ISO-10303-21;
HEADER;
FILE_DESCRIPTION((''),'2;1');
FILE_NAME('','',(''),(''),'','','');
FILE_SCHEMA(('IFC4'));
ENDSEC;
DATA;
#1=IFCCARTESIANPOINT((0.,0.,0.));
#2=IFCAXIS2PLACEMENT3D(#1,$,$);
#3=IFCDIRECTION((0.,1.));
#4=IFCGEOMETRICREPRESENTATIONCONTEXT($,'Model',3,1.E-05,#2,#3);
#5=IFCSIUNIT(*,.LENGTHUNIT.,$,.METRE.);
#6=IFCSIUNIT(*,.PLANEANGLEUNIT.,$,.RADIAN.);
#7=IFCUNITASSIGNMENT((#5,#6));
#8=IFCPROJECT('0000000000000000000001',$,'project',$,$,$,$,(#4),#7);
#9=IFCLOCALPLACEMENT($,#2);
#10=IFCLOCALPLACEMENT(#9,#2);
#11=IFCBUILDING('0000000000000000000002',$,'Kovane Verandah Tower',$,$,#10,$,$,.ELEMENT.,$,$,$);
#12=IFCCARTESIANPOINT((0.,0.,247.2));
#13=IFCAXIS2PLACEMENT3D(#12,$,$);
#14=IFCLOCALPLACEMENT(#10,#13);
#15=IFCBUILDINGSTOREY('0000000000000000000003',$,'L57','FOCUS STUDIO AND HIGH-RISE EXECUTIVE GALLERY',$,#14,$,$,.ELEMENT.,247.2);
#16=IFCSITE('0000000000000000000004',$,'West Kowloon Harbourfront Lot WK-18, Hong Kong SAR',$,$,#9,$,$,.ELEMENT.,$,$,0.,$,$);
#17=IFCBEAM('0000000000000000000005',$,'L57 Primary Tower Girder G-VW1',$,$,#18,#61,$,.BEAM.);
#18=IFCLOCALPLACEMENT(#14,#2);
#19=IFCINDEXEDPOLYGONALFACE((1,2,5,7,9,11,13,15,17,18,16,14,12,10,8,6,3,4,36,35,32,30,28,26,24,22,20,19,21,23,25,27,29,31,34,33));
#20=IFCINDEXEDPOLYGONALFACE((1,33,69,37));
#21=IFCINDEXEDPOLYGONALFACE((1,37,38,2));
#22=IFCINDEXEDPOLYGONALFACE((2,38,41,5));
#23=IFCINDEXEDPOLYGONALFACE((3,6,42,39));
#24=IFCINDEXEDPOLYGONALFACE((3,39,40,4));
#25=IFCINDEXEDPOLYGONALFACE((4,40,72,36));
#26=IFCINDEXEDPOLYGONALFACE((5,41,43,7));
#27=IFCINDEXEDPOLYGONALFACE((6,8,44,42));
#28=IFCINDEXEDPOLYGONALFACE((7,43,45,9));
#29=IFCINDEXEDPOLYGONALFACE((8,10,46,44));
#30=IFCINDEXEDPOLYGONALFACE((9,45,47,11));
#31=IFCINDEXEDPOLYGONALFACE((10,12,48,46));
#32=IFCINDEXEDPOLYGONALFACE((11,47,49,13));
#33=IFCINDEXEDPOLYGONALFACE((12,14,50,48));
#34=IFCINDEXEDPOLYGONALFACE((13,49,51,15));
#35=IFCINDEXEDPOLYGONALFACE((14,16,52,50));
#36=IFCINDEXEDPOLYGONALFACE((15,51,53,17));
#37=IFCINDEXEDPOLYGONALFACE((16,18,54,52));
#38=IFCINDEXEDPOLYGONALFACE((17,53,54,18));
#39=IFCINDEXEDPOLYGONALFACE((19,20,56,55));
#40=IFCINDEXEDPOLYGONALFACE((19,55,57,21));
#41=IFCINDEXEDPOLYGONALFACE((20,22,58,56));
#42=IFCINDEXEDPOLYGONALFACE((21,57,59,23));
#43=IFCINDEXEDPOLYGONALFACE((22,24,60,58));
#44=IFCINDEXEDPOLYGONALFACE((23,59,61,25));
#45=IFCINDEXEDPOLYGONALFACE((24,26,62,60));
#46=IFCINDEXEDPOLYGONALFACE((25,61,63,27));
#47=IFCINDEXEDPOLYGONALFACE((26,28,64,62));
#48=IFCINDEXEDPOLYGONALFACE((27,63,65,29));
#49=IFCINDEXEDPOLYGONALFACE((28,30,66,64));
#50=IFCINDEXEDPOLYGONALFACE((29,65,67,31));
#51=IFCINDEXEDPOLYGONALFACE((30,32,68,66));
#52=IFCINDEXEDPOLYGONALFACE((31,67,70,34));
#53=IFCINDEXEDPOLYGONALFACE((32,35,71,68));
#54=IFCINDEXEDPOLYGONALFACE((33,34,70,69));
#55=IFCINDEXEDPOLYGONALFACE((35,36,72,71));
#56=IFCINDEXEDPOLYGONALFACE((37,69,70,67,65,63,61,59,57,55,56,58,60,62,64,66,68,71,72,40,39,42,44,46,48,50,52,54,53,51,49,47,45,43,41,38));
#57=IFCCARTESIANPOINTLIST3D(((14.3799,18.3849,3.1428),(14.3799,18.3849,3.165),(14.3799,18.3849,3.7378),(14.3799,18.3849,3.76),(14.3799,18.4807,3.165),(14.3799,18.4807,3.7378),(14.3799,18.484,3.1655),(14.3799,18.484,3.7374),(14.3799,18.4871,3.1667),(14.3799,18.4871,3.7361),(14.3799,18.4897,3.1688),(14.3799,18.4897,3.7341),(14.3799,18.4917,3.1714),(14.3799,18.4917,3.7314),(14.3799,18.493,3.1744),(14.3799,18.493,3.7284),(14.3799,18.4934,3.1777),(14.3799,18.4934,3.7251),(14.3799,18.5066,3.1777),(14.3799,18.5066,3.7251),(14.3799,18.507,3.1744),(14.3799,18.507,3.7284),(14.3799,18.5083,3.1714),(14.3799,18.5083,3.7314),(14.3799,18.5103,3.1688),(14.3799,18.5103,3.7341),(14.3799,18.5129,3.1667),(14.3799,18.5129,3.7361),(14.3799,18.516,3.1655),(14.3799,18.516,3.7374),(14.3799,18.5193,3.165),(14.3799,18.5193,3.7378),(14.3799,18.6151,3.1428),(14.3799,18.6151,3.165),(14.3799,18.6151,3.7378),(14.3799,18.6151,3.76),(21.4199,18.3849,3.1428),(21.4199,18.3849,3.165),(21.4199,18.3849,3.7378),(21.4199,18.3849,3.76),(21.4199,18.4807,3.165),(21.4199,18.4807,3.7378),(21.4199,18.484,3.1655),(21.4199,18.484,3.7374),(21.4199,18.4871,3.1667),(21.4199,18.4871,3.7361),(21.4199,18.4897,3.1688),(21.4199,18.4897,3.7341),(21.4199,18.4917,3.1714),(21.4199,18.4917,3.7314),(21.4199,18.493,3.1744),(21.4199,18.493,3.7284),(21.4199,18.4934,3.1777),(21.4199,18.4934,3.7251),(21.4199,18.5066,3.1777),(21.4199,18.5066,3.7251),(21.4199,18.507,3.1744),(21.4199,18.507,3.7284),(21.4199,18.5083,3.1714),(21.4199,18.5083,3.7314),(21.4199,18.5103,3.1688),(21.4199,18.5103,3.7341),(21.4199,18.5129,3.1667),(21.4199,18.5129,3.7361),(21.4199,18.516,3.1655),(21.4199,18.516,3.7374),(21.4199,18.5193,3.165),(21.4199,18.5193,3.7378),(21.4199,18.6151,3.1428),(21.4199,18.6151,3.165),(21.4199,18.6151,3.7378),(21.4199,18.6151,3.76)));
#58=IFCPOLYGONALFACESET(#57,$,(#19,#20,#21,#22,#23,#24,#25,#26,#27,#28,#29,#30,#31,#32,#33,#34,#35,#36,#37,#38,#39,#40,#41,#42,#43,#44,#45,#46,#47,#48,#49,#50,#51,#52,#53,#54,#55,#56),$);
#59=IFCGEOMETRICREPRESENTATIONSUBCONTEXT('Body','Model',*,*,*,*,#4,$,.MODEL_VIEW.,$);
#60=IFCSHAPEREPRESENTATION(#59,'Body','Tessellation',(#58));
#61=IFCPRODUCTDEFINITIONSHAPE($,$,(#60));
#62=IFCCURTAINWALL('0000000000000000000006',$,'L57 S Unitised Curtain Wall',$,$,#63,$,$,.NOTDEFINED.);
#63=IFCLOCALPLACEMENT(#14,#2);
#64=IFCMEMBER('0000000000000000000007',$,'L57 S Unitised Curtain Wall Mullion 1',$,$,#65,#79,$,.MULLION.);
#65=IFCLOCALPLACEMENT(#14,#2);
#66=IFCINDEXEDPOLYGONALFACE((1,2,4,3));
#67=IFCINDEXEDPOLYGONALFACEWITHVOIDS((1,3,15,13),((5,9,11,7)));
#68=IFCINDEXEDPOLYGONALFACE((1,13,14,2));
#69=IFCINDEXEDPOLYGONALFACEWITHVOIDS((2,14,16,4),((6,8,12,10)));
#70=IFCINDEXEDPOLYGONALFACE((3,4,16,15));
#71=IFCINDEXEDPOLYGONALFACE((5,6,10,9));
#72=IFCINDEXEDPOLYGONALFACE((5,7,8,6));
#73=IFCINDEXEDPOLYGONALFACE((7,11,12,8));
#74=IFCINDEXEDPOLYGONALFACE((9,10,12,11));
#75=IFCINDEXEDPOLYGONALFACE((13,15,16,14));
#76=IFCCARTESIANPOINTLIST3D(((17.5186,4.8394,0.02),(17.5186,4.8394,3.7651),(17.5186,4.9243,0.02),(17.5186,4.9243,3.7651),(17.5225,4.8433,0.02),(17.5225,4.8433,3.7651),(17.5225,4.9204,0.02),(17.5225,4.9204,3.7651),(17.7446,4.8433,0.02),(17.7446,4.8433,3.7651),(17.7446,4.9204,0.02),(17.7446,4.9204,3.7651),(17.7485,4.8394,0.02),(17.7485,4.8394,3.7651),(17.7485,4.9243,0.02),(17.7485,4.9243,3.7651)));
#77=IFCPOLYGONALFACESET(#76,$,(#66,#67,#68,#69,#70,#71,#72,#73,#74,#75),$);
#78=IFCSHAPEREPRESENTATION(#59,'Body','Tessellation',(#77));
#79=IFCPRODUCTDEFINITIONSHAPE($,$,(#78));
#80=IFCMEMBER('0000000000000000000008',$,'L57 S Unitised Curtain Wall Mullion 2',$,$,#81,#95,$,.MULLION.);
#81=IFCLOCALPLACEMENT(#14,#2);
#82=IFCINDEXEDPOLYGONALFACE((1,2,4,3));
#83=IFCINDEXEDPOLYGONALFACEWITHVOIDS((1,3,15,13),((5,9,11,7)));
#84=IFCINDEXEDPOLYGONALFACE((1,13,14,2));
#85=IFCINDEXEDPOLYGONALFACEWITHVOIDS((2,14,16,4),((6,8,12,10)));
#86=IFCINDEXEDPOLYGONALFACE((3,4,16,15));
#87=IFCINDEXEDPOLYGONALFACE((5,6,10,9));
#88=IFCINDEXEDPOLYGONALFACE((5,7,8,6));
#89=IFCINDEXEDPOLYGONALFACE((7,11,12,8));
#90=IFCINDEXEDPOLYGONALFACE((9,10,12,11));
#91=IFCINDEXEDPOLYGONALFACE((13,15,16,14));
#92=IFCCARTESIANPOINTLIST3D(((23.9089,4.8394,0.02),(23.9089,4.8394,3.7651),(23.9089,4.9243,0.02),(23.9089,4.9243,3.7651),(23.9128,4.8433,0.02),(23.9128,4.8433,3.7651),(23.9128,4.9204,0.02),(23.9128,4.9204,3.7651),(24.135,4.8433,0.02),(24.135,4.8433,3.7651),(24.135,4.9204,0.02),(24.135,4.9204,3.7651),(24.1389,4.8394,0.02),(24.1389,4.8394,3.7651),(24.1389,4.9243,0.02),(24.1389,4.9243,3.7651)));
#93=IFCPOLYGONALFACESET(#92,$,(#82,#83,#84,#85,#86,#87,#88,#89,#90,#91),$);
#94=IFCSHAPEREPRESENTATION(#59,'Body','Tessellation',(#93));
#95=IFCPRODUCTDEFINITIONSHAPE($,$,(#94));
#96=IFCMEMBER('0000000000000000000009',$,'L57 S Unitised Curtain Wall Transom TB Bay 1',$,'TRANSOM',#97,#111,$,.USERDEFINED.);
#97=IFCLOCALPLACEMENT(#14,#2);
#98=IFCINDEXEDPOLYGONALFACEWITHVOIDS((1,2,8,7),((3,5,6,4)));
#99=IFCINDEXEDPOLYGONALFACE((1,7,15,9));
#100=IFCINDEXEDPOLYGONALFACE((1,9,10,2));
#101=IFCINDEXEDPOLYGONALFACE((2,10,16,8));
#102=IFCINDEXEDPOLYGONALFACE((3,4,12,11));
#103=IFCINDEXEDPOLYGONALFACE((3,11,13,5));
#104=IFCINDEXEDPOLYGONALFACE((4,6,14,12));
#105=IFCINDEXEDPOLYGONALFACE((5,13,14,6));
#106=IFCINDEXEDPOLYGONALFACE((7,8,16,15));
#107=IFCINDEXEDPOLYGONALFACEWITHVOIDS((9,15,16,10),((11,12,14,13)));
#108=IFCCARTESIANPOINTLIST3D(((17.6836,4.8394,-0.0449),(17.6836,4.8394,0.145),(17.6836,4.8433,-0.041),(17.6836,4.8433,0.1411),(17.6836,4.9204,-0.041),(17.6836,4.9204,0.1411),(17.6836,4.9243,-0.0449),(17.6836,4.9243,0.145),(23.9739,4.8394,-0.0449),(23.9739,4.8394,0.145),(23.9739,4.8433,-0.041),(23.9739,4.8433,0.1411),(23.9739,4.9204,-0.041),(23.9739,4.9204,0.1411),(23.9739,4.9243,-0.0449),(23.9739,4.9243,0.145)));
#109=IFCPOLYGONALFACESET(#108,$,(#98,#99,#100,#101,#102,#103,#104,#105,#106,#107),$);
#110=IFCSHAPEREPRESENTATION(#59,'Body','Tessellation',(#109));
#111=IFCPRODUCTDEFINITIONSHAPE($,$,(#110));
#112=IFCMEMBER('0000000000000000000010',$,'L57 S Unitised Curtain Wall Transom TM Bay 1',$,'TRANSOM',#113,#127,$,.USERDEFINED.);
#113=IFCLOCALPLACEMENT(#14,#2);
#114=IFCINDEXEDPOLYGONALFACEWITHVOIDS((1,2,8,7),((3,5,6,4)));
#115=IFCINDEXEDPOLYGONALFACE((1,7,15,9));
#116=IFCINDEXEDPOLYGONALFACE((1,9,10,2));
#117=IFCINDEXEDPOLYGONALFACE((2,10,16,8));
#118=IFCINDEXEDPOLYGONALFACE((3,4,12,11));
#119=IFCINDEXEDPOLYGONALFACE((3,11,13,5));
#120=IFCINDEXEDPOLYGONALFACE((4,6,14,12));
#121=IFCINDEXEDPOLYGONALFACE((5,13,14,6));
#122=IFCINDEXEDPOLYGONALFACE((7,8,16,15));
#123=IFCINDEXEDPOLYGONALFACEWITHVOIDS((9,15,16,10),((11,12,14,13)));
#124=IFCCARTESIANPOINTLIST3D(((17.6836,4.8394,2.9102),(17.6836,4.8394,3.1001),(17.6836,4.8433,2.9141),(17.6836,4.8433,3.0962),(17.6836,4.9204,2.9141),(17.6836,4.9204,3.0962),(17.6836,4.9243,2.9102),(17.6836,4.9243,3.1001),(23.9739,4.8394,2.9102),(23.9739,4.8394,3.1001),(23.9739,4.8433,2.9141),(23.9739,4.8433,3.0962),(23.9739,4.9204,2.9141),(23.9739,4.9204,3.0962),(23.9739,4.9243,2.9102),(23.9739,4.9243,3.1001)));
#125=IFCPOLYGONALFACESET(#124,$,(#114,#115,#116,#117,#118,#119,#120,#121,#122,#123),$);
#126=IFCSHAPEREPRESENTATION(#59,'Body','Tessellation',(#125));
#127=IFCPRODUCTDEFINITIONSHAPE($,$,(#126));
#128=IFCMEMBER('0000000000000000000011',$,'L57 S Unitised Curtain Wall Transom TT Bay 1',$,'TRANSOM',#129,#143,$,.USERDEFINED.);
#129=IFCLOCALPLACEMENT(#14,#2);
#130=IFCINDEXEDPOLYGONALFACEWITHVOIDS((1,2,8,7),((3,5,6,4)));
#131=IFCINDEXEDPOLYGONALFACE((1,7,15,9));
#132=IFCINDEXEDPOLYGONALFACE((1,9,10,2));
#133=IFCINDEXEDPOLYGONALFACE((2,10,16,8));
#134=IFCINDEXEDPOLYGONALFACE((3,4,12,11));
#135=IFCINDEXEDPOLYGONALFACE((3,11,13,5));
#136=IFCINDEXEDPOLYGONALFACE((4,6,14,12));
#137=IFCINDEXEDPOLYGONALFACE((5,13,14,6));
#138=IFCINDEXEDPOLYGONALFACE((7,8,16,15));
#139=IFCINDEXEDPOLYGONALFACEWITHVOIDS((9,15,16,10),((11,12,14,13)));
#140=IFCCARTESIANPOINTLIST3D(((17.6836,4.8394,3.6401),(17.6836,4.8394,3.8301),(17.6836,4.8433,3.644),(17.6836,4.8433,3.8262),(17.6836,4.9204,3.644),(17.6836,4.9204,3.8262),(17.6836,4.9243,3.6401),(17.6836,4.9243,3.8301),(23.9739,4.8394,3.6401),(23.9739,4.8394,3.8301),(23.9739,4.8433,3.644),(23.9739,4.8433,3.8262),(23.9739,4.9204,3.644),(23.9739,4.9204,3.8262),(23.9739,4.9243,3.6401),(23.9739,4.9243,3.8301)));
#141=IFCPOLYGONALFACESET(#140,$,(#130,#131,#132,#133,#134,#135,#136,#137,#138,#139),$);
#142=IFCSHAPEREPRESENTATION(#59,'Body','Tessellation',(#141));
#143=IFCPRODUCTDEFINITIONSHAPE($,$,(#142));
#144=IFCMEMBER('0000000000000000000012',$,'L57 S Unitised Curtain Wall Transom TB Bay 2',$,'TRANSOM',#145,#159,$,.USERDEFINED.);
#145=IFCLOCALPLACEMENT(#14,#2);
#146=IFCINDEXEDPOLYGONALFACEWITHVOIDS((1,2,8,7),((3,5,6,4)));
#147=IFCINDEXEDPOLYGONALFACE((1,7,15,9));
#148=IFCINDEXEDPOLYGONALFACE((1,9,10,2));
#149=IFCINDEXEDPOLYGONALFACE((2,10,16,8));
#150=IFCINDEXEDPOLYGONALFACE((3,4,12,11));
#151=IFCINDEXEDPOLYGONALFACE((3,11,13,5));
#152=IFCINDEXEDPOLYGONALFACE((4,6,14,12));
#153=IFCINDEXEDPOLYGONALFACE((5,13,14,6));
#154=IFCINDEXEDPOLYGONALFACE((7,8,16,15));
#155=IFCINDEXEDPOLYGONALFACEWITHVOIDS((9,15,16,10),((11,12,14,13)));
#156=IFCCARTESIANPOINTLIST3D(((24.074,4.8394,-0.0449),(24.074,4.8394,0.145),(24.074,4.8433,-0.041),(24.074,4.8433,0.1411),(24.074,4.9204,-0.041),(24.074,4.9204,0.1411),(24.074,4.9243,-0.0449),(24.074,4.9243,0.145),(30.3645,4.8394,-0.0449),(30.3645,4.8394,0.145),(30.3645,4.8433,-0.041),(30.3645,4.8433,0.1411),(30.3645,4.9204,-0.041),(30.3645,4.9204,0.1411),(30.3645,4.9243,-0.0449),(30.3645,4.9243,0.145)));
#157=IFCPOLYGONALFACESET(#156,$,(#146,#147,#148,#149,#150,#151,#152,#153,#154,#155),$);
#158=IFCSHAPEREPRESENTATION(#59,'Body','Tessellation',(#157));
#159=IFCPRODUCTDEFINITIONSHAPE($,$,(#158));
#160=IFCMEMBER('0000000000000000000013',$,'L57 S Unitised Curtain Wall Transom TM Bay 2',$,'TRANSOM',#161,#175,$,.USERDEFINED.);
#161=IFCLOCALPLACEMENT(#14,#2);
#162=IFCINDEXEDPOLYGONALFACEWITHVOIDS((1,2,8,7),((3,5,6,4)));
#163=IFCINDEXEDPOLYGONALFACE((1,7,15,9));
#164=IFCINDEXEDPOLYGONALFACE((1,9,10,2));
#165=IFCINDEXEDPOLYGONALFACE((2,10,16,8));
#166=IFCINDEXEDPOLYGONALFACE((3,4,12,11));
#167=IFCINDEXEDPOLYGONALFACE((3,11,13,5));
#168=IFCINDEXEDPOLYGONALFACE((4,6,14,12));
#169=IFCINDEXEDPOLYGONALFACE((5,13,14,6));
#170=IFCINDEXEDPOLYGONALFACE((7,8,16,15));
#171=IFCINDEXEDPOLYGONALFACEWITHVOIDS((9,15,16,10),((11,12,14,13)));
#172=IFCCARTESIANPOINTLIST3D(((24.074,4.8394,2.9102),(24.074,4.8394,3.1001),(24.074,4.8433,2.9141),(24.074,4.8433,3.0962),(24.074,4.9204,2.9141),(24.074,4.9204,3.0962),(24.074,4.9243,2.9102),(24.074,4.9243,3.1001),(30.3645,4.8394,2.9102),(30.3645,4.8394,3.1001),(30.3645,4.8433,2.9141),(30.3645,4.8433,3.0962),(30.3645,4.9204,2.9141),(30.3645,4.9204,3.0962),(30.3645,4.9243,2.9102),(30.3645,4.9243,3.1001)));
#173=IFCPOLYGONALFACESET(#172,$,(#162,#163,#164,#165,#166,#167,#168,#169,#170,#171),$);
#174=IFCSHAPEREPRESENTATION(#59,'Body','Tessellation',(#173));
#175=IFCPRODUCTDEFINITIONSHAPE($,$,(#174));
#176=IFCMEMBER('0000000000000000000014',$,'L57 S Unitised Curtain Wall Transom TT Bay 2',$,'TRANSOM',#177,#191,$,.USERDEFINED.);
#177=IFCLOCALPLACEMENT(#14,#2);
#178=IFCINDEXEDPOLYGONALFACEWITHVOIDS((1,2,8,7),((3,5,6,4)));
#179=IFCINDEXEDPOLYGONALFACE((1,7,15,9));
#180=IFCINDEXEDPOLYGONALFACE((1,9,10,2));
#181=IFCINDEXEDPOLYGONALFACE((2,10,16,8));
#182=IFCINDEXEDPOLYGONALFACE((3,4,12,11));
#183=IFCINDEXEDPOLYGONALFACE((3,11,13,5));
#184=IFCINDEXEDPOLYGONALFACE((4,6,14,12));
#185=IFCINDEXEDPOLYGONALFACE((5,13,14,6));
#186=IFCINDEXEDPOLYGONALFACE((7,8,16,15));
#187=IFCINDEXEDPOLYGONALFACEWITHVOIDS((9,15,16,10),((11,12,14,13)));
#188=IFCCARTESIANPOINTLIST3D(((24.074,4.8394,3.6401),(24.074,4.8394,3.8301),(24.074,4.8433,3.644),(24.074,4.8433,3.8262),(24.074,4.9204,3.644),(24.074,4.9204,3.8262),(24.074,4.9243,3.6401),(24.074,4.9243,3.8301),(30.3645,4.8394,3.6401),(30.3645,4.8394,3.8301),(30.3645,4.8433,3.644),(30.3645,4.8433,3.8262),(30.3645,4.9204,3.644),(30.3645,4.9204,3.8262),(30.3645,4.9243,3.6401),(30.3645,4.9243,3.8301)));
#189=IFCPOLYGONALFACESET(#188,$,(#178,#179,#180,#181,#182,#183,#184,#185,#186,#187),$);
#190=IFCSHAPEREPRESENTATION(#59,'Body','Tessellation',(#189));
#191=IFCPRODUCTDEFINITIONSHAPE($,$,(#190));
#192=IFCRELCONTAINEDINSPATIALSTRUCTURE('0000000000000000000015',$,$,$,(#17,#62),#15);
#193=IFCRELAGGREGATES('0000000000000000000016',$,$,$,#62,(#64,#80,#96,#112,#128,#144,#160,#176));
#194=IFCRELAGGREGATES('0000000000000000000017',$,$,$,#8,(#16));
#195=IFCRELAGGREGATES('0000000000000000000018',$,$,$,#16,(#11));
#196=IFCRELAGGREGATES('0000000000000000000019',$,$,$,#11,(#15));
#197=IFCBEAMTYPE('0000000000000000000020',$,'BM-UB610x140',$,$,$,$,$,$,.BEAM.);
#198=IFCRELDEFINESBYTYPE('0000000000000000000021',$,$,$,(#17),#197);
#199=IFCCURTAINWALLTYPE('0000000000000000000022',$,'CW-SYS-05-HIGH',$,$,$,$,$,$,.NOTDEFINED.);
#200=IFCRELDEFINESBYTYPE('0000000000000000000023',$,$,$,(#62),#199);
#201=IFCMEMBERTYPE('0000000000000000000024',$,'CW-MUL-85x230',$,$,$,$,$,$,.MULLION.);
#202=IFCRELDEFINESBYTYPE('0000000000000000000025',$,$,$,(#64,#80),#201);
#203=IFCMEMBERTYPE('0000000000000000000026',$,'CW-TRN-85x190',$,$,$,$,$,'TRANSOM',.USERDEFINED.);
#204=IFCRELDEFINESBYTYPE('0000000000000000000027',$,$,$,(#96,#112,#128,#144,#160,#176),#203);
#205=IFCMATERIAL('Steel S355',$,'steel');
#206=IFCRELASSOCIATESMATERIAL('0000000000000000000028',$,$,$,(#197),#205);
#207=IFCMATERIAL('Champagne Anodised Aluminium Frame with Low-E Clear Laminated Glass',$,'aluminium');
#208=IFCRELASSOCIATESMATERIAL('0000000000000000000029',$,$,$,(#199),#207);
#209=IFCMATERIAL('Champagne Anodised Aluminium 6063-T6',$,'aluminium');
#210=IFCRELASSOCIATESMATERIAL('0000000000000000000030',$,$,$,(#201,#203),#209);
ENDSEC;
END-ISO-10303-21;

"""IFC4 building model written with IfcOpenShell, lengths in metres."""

from ifc_helpers import new_model, si_unit, direction, frame, origin, origin_2d, place, context, subcontext, project, spatial, hollow_rectangle, i_section, extrude, material, material_profile, profile_set, type_object, element, aggregate, save


model = new_model("IFC4")

# Units and contexts
model_context = context("Model", 3, precision=1e-05, world=origin(), true_north=direction((0.0, 1.0)))
body_context = subcontext(model_context, "Body", "Model", "MODEL_VIEW")
ifc_project = project(units=[si_unit("LENGTHUNIT", "METRE"), si_unit("PLANEANGLEUNIT", "RADIAN")], contexts=[model_context])

# Site, building, storey
site_placement = place(None, origin())
site = spatial("IfcSite", under=ifc_project, at=site_placement, Name="West Kowloon Harbourfront Lot WK-18, Hong Kong SAR", CompositionType="ELEMENT", RefElevation=0.0)
building_placement = place(site_placement, origin())
building = spatial("IfcBuilding", under=site, at=building_placement, Name="Kovane Verandah Tower", CompositionType="ELEMENT")
storey_placement = place(building_placement, frame((0.0, 0.0, 247.2)))
storey = spatial("IfcBuildingStorey", under=building, at=storey_placement, Name="L57", Description="FOCUS STUDIO AND HIGH-RISE EXECUTIVE GALLERY", CompositionType="ELEMENT", Elevation=247.2)

# Beam
ifc_material_1 = material(Name="Steel S355", Category="steel")
ifc_material_profile_1 = material_profile(ifc_material_1, i_section(OverallWidth=0.2302, OverallDepth=0.6172, WebThickness=0.0132, FlangeThickness=0.0222, FilletRadius=0.0127, at=origin_2d()), Name="UB610x229x140")
ifc_profile_set_1 = profile_set([ifc_material_profile_1], Name="Steel S355")
beam_type_1 = type_object("IfcBeamType", Name="BM-UB610x140", PredefinedType="BEAM", material=ifc_profile_set_1)
beam_1_placement = place(storey_placement, frame((21.4199, 18.5, 3.4514), z_axis=(-1.0, 0.0, 0.0), x_axis=(0.0, -1.0, 0.0)))
element("IfcBeam", 1, at=beam_1_placement, inside=storey, type_object=beam_type_1, Name="L57 Primary Tower Girder G-VW1", PredefinedType="BEAM", context=body_context, shape_type="SweptSolid", body=[
    extrude(i_section(OverallWidth=0.2302, OverallDepth=0.6172, WebThickness=0.0132, FlangeThickness=0.0222, FilletRadius=0.0127, at=origin_2d()), origin(), (0.0, 0.0, 1.0), 7.04),
])

# Curtain wall, members
ifc_material_2 = material(Name="Champagne Anodised Aluminium Frame with Low-E Clear Laminated Glass", Category="aluminium")
curtain_wall_type = type_object("IfcCurtainWallType", Name="CW-SYS-05-HIGH", PredefinedType="NOTDEFINED", material=ifc_material_2)
curtain_wall_placement = place(storey_placement, origin())
curtain_wall = element("IfcCurtainWall", 2, at=curtain_wall_placement, inside=storey, type_object=curtain_wall_type, Name="L57 S Unitised Curtain Wall", PredefinedType="NOTDEFINED")
ifc_material_3 = material(Name="Champagne Anodised Aluminium 6063-T6", Category="aluminium")
ifc_material_profile_2 = material_profile(ifc_material_3, hollow_rectangle(XDim=0.085, YDim=0.23, WallThickness=0.0039, at=origin_2d()), Name="AL85x230x4")
ifc_profile_set_2 = profile_set([ifc_material_profile_2], Name="Champagne Anodised Aluminium 6063-T6")
member_type_1 = type_object("IfcMemberType", Name="CW-MUL-85x230", PredefinedType="MULLION", material=ifc_profile_set_2)
member_1_placement = place(storey_placement, frame((17.6335, 4.8818, 0.02), z_axis=(0.0, 0.0, 1.0), x_axis=(0.0, -1.0, 0.0)))
member_1 = element("IfcMember", 3, at=member_1_placement, type_object=member_type_1, Name="L57 S Unitised Curtain Wall Mullion 1", PredefinedType="MULLION", context=body_context, shape_type="SweptSolid", body=[
    extrude(hollow_rectangle(XDim=0.085, YDim=0.23, WallThickness=0.0039, at=origin_2d()), origin(), (0.0, 0.0, 1.0), 3.7451),
])
member_2_placement = place(storey_placement, frame((24.0239, 4.8818, 0.02), z_axis=(0.0, 0.0, 1.0), x_axis=(0.0, -1.0, 0.0)))
member_2 = element("IfcMember", 4, at=member_2_placement, type_object=member_type_1, Name="L57 S Unitised Curtain Wall Mullion 2", PredefinedType="MULLION", context=body_context, shape_type="SweptSolid", body=[
    extrude(hollow_rectangle(XDim=0.085, YDim=0.23, WallThickness=0.0039, at=origin_2d()), origin(), (0.0, 0.0, 1.0), 3.7451),
])
ifc_material_profile_3 = material_profile(ifc_material_3, hollow_rectangle(XDim=0.085, YDim=0.1899, WallThickness=0.0039, at=origin_2d()), Name="AL85x190x4")
ifc_profile_set_3 = profile_set([ifc_material_profile_3], Name="Champagne Anodised Aluminium 6063-T6")
member_type_2 = type_object("IfcMemberType", Name="CW-TRN-85x190", ElementType="TRANSOM", PredefinedType="USERDEFINED", material=ifc_profile_set_3)
member_3_placement = place(storey_placement, frame((17.6836, 4.8818, 0.05), z_axis=(1.0, 0.0, 0.0), x_axis=(0.0, 1.0, 0.0)))
member_3 = element("IfcMember", 5, at=member_3_placement, type_object=member_type_2, Name="L57 S Unitised Curtain Wall Transom TB Bay 1", ObjectType="TRANSOM", PredefinedType="USERDEFINED", context=body_context, shape_type="SweptSolid", body=[
    extrude(hollow_rectangle(XDim=0.085, YDim=0.1899, WallThickness=0.0039, at=origin_2d()), origin(), (0.0, 0.0, 1.0), 6.2903),
])
member_4_placement = place(storey_placement, frame((17.6836, 4.8818, 3.0051), z_axis=(1.0, 0.0, 0.0), x_axis=(0.0, 1.0, 0.0)))
member_4 = element("IfcMember", 6, at=member_4_placement, type_object=member_type_2, Name="L57 S Unitised Curtain Wall Transom TM Bay 1", ObjectType="TRANSOM", PredefinedType="USERDEFINED", context=body_context, shape_type="SweptSolid", body=[
    extrude(hollow_rectangle(XDim=0.085, YDim=0.1899, WallThickness=0.0039, at=origin_2d()), origin(), (0.0, 0.0, 1.0), 6.2903),
])
member_5_placement = place(storey_placement, frame((17.6836, 4.8818, 3.7351), z_axis=(1.0, 0.0, 0.0), x_axis=(0.0, 1.0, 0.0)))
member_5 = element("IfcMember", 7, at=member_5_placement, type_object=member_type_2, Name="L57 S Unitised Curtain Wall Transom TT Bay 1", ObjectType="TRANSOM", PredefinedType="USERDEFINED", context=body_context, shape_type="SweptSolid", body=[
    extrude(hollow_rectangle(XDim=0.085, YDim=0.1899, WallThickness=0.0039, at=origin_2d()), origin(), (0.0, 0.0, 1.0), 6.2903),
])
member_6_placement = place(storey_placement, frame((24.074, 4.8818, 0.05), z_axis=(1.0, 0.0, 0.0), x_axis=(0.0, 1.0, 0.0)))
member_6 = element("IfcMember", 8, at=member_6_placement, type_object=member_type_2, Name="L57 S Unitised Curtain Wall Transom TB Bay 2", ObjectType="TRANSOM", PredefinedType="USERDEFINED", context=body_context, shape_type="SweptSolid", body=[
    extrude(hollow_rectangle(XDim=0.085, YDim=0.1899, WallThickness=0.0039, at=origin_2d()), origin(), (0.0, 0.0, 1.0), 6.2905),
])
member_7_placement = place(storey_placement, frame((24.074, 4.8818, 3.0051), z_axis=(1.0, 0.0, 0.0), x_axis=(0.0, 1.0, 0.0)))
member_7 = element("IfcMember", 9, at=member_7_placement, type_object=member_type_2, Name="L57 S Unitised Curtain Wall Transom TM Bay 2", ObjectType="TRANSOM", PredefinedType="USERDEFINED", context=body_context, shape_type="SweptSolid", body=[
    extrude(hollow_rectangle(XDim=0.085, YDim=0.1899, WallThickness=0.0039, at=origin_2d()), origin(), (0.0, 0.0, 1.0), 6.2905),
])
member_8_placement = place(storey_placement, frame((24.074, 4.8818, 3.7351), z_axis=(1.0, 0.0, 0.0), x_axis=(0.0, 1.0, 0.0)))
member_8 = element("IfcMember", 10, at=member_8_placement, type_object=member_type_2, Name="L57 S Unitised Curtain Wall Transom TT Bay 2", ObjectType="TRANSOM", PredefinedType="USERDEFINED", context=body_context, shape_type="SweptSolid", body=[
    extrude(hollow_rectangle(XDim=0.085, YDim=0.1899, WallThickness=0.0039, at=origin_2d()), origin(), (0.0, 0.0, 1.0), 6.2905),
])

aggregate(curtain_wall, [member_1, member_2, member_3, member_4, member_5, member_6, member_7, member_8])

save(model, "model.ifc")
